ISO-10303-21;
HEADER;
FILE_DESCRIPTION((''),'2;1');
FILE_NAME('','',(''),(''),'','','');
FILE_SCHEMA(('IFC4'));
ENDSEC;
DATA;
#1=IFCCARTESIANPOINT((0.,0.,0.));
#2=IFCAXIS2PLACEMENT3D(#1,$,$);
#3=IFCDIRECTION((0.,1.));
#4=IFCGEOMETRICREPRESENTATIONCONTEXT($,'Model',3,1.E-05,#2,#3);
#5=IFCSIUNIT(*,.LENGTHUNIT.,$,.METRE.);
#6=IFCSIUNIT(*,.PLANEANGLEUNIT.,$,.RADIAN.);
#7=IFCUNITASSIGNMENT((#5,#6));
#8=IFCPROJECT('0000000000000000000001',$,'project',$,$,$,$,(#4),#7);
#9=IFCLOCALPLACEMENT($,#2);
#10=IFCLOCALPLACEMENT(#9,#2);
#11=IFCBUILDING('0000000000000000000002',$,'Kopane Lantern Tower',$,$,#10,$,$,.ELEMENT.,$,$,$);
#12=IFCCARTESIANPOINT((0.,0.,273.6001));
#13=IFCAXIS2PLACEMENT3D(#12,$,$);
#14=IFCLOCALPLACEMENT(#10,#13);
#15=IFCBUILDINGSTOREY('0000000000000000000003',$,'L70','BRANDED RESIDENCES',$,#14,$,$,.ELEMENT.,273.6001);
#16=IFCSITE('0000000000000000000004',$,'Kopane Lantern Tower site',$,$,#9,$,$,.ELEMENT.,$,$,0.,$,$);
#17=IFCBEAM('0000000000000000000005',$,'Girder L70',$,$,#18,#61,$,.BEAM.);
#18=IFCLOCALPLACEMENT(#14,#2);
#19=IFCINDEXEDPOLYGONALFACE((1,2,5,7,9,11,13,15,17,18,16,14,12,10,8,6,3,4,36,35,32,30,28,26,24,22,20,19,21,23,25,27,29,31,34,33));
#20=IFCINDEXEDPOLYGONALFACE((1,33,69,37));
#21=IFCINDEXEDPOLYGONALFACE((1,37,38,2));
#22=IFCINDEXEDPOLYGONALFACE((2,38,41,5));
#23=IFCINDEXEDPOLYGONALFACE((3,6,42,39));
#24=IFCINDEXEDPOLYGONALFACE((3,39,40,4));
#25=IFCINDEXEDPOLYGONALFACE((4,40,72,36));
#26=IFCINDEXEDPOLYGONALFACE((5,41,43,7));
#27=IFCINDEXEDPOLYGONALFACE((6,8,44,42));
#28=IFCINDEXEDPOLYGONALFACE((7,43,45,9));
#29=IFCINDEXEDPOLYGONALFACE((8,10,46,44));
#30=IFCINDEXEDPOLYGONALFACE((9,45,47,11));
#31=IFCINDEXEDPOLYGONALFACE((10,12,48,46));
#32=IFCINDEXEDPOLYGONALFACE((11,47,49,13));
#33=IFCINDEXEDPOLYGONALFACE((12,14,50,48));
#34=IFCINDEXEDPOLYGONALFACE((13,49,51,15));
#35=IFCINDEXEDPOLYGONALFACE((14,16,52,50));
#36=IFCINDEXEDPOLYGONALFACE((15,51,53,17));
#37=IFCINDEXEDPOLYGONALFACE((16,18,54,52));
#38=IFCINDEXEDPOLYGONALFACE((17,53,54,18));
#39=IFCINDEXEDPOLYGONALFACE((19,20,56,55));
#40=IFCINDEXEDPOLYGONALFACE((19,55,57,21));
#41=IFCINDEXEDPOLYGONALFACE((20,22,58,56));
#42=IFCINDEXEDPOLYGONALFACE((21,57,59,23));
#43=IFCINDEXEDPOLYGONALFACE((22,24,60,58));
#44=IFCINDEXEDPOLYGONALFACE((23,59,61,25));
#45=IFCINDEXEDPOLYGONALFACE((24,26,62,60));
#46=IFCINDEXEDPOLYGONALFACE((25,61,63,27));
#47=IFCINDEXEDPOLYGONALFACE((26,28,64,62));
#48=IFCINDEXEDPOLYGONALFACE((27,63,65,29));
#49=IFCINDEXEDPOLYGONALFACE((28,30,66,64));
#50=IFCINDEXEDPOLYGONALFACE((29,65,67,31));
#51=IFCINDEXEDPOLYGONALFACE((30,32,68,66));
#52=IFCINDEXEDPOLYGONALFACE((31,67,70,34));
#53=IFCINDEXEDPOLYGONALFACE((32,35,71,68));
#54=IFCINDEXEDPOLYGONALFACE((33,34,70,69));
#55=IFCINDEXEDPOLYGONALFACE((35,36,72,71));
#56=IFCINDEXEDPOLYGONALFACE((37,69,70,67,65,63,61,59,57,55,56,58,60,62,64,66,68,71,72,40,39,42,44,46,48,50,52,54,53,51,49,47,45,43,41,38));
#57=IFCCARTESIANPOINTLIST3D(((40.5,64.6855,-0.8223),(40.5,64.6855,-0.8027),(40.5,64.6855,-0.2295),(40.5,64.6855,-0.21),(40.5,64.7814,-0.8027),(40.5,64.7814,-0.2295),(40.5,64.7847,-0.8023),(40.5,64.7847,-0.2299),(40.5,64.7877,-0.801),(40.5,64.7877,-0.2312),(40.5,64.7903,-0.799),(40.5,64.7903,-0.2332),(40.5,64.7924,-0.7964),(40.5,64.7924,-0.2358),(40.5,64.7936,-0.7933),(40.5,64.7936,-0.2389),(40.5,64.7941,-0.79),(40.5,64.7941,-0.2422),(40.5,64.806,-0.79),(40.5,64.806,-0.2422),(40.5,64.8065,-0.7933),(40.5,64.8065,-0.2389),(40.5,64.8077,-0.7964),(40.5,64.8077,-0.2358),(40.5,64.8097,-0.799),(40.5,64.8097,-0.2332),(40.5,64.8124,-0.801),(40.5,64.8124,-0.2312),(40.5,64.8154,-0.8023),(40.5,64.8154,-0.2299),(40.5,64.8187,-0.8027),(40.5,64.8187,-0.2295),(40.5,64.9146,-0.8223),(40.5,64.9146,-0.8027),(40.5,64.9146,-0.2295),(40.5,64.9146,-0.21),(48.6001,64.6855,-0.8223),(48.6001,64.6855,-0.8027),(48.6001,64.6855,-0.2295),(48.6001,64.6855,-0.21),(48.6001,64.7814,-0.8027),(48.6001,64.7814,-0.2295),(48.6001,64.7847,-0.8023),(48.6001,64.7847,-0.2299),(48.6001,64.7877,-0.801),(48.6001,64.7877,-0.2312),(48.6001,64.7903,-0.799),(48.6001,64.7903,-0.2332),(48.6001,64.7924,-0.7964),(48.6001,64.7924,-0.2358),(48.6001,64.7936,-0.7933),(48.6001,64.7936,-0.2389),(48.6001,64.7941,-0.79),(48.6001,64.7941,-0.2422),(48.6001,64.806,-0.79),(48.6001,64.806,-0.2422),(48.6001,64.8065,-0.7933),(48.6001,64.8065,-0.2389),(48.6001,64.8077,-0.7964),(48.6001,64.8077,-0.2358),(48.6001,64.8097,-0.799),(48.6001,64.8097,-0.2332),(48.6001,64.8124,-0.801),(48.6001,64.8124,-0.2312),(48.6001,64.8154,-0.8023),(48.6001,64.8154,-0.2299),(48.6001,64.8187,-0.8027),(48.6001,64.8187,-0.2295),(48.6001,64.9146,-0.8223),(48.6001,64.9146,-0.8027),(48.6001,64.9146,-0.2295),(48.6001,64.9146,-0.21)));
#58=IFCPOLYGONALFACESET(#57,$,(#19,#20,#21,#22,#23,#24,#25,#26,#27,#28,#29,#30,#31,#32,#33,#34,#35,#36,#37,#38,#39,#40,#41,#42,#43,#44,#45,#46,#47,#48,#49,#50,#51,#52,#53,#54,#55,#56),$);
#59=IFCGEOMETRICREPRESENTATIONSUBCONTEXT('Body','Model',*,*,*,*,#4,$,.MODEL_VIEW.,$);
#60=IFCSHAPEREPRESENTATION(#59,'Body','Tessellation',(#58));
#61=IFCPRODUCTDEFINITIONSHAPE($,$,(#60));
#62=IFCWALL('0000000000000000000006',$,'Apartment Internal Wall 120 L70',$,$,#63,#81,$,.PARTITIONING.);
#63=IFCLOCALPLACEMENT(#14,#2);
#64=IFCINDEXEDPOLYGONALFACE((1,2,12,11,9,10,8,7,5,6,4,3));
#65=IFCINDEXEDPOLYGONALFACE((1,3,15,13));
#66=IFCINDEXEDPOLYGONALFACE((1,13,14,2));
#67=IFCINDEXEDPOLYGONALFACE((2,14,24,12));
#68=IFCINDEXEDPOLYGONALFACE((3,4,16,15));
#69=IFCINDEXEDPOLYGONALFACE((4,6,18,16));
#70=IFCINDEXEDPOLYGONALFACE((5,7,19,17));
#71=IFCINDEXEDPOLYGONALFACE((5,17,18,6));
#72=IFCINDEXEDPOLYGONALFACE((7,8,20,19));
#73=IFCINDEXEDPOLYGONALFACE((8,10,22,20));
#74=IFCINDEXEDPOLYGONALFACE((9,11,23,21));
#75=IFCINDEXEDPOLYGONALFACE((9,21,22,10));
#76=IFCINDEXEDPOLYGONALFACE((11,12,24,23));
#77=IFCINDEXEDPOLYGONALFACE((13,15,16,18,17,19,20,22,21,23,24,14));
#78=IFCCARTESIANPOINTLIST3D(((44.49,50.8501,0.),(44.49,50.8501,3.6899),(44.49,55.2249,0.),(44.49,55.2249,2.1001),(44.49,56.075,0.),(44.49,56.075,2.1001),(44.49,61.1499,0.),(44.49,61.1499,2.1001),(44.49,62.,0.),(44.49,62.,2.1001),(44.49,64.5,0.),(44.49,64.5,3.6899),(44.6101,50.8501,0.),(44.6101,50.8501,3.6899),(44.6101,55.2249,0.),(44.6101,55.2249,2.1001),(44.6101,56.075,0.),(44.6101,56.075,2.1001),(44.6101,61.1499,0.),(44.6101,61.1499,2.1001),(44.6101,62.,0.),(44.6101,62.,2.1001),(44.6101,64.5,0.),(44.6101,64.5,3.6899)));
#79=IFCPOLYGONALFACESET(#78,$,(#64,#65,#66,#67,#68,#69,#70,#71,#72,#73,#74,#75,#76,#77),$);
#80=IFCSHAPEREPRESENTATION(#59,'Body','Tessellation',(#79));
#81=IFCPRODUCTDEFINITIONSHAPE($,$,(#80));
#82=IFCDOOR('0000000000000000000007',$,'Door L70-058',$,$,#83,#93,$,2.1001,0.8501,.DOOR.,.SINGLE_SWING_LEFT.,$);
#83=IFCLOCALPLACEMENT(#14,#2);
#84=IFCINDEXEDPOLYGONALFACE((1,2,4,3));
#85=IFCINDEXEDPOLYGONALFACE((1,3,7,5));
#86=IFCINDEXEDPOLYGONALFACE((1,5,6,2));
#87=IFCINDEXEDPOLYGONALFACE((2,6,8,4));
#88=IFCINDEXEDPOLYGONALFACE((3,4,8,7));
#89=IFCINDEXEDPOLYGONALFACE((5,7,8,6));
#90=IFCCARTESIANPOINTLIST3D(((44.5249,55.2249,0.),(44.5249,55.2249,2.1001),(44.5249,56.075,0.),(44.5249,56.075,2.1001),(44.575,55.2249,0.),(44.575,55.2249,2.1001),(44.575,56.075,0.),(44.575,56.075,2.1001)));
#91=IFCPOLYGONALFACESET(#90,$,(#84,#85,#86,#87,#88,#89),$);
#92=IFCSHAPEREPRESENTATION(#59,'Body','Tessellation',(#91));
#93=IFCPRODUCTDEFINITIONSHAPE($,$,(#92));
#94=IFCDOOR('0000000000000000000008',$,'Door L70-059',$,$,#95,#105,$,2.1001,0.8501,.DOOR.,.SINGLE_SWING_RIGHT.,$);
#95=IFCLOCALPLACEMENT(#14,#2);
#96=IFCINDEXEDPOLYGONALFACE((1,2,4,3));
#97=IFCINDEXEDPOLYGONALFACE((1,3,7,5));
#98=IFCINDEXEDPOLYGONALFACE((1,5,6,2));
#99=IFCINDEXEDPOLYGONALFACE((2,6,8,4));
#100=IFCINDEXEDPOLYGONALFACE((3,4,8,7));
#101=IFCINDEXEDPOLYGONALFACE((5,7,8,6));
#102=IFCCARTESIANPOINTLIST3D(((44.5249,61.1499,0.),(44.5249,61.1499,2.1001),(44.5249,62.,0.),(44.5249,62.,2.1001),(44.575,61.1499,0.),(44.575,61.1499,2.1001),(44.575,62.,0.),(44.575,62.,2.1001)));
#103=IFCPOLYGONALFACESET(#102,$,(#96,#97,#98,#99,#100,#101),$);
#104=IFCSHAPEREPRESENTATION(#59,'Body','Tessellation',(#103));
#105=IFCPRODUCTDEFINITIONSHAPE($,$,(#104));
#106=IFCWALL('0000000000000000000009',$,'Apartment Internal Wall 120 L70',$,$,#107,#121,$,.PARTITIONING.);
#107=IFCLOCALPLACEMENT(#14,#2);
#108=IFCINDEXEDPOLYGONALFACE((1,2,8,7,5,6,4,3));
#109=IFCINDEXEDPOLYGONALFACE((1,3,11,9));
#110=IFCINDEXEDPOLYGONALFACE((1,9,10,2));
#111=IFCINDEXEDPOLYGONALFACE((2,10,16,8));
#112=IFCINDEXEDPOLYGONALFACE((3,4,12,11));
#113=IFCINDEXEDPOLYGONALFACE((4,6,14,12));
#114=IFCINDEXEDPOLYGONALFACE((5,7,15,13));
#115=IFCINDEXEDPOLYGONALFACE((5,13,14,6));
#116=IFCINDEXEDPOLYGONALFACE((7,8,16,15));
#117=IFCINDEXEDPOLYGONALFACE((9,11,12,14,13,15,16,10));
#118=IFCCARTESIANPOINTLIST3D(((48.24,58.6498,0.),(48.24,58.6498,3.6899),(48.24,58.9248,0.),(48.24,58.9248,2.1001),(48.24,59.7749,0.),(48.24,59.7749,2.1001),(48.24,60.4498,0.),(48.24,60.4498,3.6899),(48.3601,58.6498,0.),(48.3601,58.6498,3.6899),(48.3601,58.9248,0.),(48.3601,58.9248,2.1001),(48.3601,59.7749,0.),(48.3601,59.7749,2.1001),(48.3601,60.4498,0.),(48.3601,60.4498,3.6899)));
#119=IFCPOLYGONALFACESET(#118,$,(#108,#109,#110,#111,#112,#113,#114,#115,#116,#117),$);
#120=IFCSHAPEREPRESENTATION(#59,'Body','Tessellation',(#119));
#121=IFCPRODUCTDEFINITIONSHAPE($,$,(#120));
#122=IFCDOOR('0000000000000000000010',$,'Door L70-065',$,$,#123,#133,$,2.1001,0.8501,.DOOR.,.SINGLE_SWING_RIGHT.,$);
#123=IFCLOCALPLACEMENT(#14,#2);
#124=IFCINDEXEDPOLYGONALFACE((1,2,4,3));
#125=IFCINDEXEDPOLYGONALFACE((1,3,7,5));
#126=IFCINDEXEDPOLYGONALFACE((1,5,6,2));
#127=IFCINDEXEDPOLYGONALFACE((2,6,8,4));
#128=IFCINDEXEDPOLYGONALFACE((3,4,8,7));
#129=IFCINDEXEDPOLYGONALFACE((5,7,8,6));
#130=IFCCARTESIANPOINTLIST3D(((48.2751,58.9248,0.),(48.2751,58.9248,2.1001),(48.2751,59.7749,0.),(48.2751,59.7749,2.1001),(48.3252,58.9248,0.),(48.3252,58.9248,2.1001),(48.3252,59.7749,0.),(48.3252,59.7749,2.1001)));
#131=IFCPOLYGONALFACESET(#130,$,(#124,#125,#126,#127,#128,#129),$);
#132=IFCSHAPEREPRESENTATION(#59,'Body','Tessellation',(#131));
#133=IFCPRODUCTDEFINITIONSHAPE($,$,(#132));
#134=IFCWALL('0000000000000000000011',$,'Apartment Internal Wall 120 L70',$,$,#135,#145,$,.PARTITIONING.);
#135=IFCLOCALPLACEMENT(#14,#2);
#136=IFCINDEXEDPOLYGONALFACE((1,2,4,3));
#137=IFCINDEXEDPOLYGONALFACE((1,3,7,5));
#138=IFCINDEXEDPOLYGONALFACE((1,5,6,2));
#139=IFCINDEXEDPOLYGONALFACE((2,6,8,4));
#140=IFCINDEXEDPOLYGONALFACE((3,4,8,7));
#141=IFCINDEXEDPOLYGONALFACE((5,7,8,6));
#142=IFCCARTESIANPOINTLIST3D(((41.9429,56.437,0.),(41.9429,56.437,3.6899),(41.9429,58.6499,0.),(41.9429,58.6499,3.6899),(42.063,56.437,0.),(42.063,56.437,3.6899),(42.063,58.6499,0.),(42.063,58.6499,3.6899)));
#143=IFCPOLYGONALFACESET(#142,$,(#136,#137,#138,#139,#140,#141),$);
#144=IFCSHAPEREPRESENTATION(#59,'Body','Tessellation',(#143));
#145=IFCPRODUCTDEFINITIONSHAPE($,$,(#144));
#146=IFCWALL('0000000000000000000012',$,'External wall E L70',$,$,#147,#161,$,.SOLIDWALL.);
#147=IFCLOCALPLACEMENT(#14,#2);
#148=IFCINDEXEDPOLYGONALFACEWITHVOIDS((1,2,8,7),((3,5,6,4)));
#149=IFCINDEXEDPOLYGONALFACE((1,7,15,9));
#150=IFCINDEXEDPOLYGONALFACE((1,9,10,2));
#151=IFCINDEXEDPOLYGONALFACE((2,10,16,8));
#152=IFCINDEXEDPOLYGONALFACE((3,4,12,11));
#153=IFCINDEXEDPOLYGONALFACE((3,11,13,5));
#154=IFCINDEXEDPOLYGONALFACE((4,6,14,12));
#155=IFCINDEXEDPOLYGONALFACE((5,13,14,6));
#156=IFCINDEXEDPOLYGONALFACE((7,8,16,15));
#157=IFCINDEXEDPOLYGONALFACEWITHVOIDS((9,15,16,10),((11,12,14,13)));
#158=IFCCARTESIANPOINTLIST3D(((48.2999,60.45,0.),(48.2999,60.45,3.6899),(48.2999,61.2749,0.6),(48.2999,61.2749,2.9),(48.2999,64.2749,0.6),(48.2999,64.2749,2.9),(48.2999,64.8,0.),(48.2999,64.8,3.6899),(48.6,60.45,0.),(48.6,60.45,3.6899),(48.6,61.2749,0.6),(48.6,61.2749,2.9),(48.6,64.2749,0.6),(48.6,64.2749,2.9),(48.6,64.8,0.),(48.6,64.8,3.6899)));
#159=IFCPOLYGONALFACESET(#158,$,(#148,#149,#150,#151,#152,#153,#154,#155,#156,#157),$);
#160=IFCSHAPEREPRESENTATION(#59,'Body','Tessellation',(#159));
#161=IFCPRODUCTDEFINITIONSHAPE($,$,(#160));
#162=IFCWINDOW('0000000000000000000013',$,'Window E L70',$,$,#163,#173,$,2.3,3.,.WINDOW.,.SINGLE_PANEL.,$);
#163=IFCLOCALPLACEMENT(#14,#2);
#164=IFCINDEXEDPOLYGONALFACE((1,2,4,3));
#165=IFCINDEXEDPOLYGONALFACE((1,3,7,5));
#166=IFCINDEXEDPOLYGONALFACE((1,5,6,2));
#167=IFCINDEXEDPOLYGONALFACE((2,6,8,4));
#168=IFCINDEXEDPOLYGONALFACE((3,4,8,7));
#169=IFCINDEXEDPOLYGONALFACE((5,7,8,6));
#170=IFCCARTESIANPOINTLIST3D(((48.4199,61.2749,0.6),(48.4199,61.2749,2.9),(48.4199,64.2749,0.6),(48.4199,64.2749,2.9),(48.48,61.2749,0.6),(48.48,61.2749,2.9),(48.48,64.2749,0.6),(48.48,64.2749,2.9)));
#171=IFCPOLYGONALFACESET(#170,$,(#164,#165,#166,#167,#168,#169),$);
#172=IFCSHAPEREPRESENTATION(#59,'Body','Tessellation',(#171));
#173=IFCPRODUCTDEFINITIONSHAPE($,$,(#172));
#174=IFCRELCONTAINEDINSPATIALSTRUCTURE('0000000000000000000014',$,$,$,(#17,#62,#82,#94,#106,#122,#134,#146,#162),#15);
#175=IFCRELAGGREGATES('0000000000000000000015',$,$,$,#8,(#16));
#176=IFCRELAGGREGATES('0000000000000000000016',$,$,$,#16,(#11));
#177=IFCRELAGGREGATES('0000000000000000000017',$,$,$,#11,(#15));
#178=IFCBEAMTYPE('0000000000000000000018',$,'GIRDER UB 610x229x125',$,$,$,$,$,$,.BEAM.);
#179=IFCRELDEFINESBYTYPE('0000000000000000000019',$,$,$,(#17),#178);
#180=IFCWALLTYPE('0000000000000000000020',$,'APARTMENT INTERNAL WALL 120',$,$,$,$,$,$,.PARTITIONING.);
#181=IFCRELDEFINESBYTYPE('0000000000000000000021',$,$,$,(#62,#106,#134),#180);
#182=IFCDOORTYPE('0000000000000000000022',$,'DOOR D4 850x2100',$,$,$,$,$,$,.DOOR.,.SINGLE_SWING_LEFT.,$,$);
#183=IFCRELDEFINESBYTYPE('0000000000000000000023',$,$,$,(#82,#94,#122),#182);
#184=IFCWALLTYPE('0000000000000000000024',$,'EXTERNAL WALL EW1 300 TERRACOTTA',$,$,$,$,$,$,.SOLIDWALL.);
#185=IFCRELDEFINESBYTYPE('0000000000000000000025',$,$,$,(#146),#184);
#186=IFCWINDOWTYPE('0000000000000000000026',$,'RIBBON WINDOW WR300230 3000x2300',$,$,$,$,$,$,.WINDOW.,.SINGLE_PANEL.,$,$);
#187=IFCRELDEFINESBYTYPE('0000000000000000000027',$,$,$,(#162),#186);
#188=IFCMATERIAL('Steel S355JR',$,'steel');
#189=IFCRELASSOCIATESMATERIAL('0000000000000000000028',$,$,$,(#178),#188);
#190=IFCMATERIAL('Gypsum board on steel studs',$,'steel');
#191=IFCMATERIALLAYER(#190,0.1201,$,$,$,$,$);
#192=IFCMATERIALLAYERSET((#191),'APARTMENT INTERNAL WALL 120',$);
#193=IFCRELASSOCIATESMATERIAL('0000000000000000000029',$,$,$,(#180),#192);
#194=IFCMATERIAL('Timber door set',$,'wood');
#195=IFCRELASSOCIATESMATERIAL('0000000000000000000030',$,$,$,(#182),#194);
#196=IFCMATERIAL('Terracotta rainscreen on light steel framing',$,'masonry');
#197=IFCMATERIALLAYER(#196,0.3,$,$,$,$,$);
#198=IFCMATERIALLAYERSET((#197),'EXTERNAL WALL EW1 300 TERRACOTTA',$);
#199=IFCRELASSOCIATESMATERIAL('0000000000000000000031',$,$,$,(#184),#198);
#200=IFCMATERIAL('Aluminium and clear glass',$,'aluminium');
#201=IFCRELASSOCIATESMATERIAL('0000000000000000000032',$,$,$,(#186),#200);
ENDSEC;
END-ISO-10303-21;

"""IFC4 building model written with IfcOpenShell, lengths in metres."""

from ifc_helpers import new_model, si_unit, direction, frame, frame_2d, origin, origin_2d, place, context, subcontext, project, spatial, rectangle, i_section, extrude, material, layer, layer_set, material_profile, profile_set, type_object, element, fill, save


model = new_model("IFC4")

# Units and contexts
model_context = context("Model", 3, precision=1e-05, world=origin(), true_north=direction((0.0, 1.0)))
body_context = subcontext(model_context, "Body", "Model", "MODEL_VIEW")
ifc_project = project(units=[si_unit("LENGTHUNIT", "METRE"), si_unit("PLANEANGLEUNIT", "RADIAN")], contexts=[model_context])

# Site, building, storey
site_placement = place(None, origin())
site = spatial("IfcSite", under=ifc_project, at=site_placement, Name="Kopane Lantern Tower site", CompositionType="ELEMENT", RefElevation=0.0)
building_placement = place(site_placement, origin())
building = spatial("IfcBuilding", under=site, at=building_placement, Name="Kopane Lantern Tower", CompositionType="ELEMENT")
storey_placement = place(building_placement, frame((0.0, 0.0, 273.6001)))
storey = spatial("IfcBuildingStorey", under=building, at=storey_placement, Name="L70", Description="BRANDED RESIDENCES", CompositionType="ELEMENT", Elevation=273.6001)

# Beam
ifc_material_1 = material(Name="Steel S355JR", Category="steel")
ifc_material_profile_1 = material_profile(ifc_material_1, i_section(OverallWidth=0.229, OverallDepth=0.6123, WebThickness=0.012, FlangeThickness=0.0195, FilletRadius=0.0127, at=origin_2d()), Name="UB 610x229x125")
ifc_profile_set_1 = profile_set([ifc_material_profile_1], Name="Steel S355JR")
beam_type = type_object("IfcBeamType", Name="GIRDER UB 610x229x125", PredefinedType="BEAM", material=ifc_profile_set_1)
for number, where, z_axis, x_axis, name in (
    (1, (40.5, 64.8, -0.5161), (1.0, 0.0, 0.0), (0.0, 1.0, 0.0), "Girder L70"),
):
    element("IfcBeam", number, at=place(storey_placement, frame(where, z_axis=z_axis, x_axis=x_axis)), inside=storey, type_object=beam_type, Name=name, PredefinedType="BEAM", context=body_context, shape_type="SweptSolid", body=[
        extrude(i_section(OverallWidth=0.229, OverallDepth=0.6123, WebThickness=0.012, FlangeThickness=0.0195, FilletRadius=0.0127, at=origin_2d()), origin(), (0.0, 0.0, 1.0), 8.1001),
    ])

# Wall, openings, doors
ifc_material_2 = material(Name="Gypsum board on steel studs", Category="steel")
ifc_layer_1 = layer(ifc_material_2, 0.1201)
ifc_layer_set_1 = layer_set([ifc_layer_1], Name="APARTMENT INTERNAL WALL 120")
wall_type_1 = type_object("IfcWallType", Name="APARTMENT INTERNAL WALL 120", PredefinedType="PARTITIONING", material=ifc_layer_set_1)
wall_1_placement = place(storey_placement, frame((44.55, 64.5, 0.0), z_axis=(0.0, 0.0, 1.0), x_axis=(0.0, -1.0, 0.0)))
wall_1 = element("IfcWall", 2, at=wall_1_placement, inside=storey, type_object=wall_type_1, Name="Apartment Internal Wall 120 L70", PredefinedType="PARTITIONING", context=body_context, shape_type="SweptSolid", body=[
    extrude(rectangle(XDim=13.6499, YDim=0.1201, at=frame_2d((6.825, 0.0))), origin(), (0.0, 0.0, 1.0), 3.6899),
])
opening_1_placement = place(wall_1_placement, frame((8.425, 0.0, 0.0)))
opening_1 = element("IfcOpeningElement", 3, at=opening_1_placement, cuts=wall_1, PredefinedType="OPENING", context=body_context, shape_type="SweptSolid", body=[
    extrude(rectangle(XDim=0.8501, YDim=2.1001, at=frame_2d((0.425, 1.05))), frame((0.0, 0.0701, 0.0), z_axis=(0.0, -1.0, 0.0), x_axis=(1.0, 0.0, 0.0)), (0.0, 0.0, 1.0), 0.1401),
])
opening_2_placement = place(wall_1_placement, frame((2.5, 0.0, 0.0)))
opening_2 = element("IfcOpeningElement", 4, at=opening_2_placement, cuts=wall_1, PredefinedType="OPENING", context=body_context, shape_type="SweptSolid", body=[
    extrude(rectangle(XDim=0.8501, YDim=2.1001, at=frame_2d((0.425, 1.05))), frame((0.0, 0.0701, 0.0), z_axis=(0.0, -1.0, 0.0), x_axis=(1.0, 0.0, 0.0)), (0.0, 0.0, 1.0), 0.1401),
])
ifc_material_3 = material(Name="Timber door set", Category="wood")
door_type = type_object("IfcDoorType", Name="DOOR D4 850x2100", OperationType="SINGLE_SWING_LEFT", PredefinedType="DOOR", material=ifc_material_3)
door_1_placement = place(opening_1_placement, origin())
door_1 = element("IfcDoor", 5, at=door_1_placement, inside=storey, type_object=door_type, Name="Door L70-058", OperationType="SINGLE_SWING_LEFT", OverallHeight=2.1001, OverallWidth=0.8501, PredefinedType="DOOR", context=body_context, shape_type="SweptSolid", body=[
    extrude(rectangle(XDim=0.8501, YDim=2.1001, at=frame_2d((0.425, 1.05))), frame((0.0, 0.0249, 0.0), z_axis=(0.0, -1.0, 0.0), x_axis=(1.0, 0.0, 0.0)), (0.0, 0.0, 1.0), 0.05),
])
fill(opening_1, door_1)
door_2_placement = place(opening_2_placement, origin())
door_2 = element("IfcDoor", 6, at=door_2_placement, inside=storey, type_object=door_type, Name="Door L70-059", OperationType="SINGLE_SWING_RIGHT", OverallHeight=2.1001, OverallWidth=0.8501, PredefinedType="DOOR", context=body_context, shape_type="SweptSolid", body=[
    extrude(rectangle(XDim=0.8501, YDim=2.1001, at=frame_2d((0.425, 1.05))), frame((0.0, 0.0249, 0.0), z_axis=(0.0, -1.0, 0.0), x_axis=(1.0, 0.0, 0.0)), (0.0, 0.0, 1.0), 0.05),
])
fill(opening_2, door_2)

# Wall, opening, door
wall_2_placement = place(storey_placement, frame((48.3, 58.6499, 0.0), z_axis=(0.0, 0.0, 1.0), x_axis=(0.0, 1.0, 0.0)))
wall_2 = element("IfcWall", 7, at=wall_2_placement, inside=storey, type_object=wall_type_1, Name="Apartment Internal Wall 120 L70", PredefinedType="PARTITIONING", context=body_context, shape_type="SweptSolid", body=[
    extrude(rectangle(XDim=1.8, YDim=0.1201, at=frame_2d((0.8999, 0.0))), origin(), (0.0, 0.0, 1.0), 3.6899),
])
opening_3_placement = place(wall_2_placement, frame((0.2749, 0.0, 0.0)))
opening_3 = element("IfcOpeningElement", 8, at=opening_3_placement, cuts=wall_2, PredefinedType="OPENING", context=body_context, shape_type="SweptSolid", body=[
    extrude(rectangle(XDim=0.8501, YDim=2.1001, at=frame_2d((0.425, 1.05))), frame((0.0, 0.0701, 0.0), z_axis=(0.0, -1.0, 0.0), x_axis=(1.0, 0.0, 0.0)), (0.0, 0.0, 1.0), 0.1401),
])
door_3_placement = place(opening_3_placement, origin())
door_3 = element("IfcDoor", 9, at=door_3_placement, inside=storey, type_object=door_type, Name="Door L70-065", OperationType="SINGLE_SWING_RIGHT", OverallHeight=2.1001, OverallWidth=0.8501, PredefinedType="DOOR", context=body_context, shape_type="SweptSolid", body=[
    extrude(rectangle(XDim=0.8501, YDim=2.1001, at=frame_2d((0.425, 1.05))), frame((0.0, 0.0249, 0.0), z_axis=(0.0, -1.0, 0.0), x_axis=(1.0, 0.0, 0.0)), (0.0, 0.0, 1.0), 0.05),
])
fill(opening_3, door_3)

# Wall
wall_3_placement = place(storey_placement, frame((42.0029, 58.6499, 0.0), z_axis=(0.0, 0.0, 1.0), x_axis=(0.0, -1.0, 0.0)))
element("IfcWall", 10, at=wall_3_placement, inside=storey, type_object=wall_type_1, Name="Apartment Internal Wall 120 L70", PredefinedType="PARTITIONING", context=body_context, shape_type="SweptSolid", body=[
    extrude(rectangle(XDim=2.2129, YDim=0.1201, at=frame_2d((1.1064, 0.0))), origin(), (0.0, 0.0, 1.0), 3.6899),
])

# Wall, opening, window
ifc_material_4 = material(Name="Terracotta rainscreen on light steel framing", Category="masonry")
ifc_layer_2 = layer(ifc_material_4, 0.3)
ifc_layer_set_2 = layer_set([ifc_layer_2], Name="EXTERNAL WALL EW1 300 TERRACOTTA")
wall_type_2 = type_object("IfcWallType", Name="EXTERNAL WALL EW1 300 TERRACOTTA", PredefinedType="SOLIDWALL", material=ifc_layer_set_2)
wall_4_placement = place(storey_placement, frame((48.45, 60.45, 0.0), z_axis=(0.0, 0.0, 1.0), x_axis=(0.0, 1.0, 0.0)))
wall_4 = element("IfcWall", 11, at=wall_4_placement, inside=storey, type_object=wall_type_2, Name="External wall E L70", PredefinedType="SOLIDWALL", context=body_context, shape_type="SweptSolid", body=[
    extrude(rectangle(XDim=4.3501, YDim=0.3, at=frame_2d((2.175, 0.0))), origin(), (0.0, 0.0, 1.0), 3.6899),
])
opening_4_placement = place(wall_4_placement, frame((0.825, 0.0, 0.6001)))
opening_4 = element("IfcOpeningElement", 12, at=opening_4_placement, cuts=wall_4, PredefinedType="OPENING", context=body_context, shape_type="SweptSolid", body=[
    extrude(rectangle(XDim=3.0, YDim=2.3, at=frame_2d((1.5, 1.1499))), frame((0.0, 0.1599, 0.0), z_axis=(0.0, -1.0, 0.0), x_axis=(1.0, 0.0, 0.0)), (0.0, 0.0, 1.0), 0.3201),
])
ifc_material_5 = material(Name="Aluminium and clear glass", Category="aluminium")
window_type_1 = type_object("IfcWindowType", Name="RIBBON WINDOW WR300230 3000x2300", PartitioningType="SINGLE_PANEL", PredefinedType="WINDOW", material=ifc_material_5)
window_1_placement = place(opening_4_placement, origin())
window_1 = element("IfcWindow", 13, at=window_1_placement, inside=storey, type_object=window_type_1, Name="Window E L70", OverallHeight=2.3, OverallWidth=3.0, PartitioningType="SINGLE_PANEL", PredefinedType="WINDOW", context=body_context, shape_type="SweptSolid", body=[
    extrude(rectangle(XDim=3.0, YDim=2.3, at=frame_2d((1.5, 1.1499))), frame((0.0, 0.03, 0.0), z_axis=(0.0, -1.0, 0.0), x_axis=(1.0, 0.0, 0.0)), (0.0, 0.0, 1.0), 0.0601),
])
fill(opening_4, window_1)

save(model, "model.ifc")
